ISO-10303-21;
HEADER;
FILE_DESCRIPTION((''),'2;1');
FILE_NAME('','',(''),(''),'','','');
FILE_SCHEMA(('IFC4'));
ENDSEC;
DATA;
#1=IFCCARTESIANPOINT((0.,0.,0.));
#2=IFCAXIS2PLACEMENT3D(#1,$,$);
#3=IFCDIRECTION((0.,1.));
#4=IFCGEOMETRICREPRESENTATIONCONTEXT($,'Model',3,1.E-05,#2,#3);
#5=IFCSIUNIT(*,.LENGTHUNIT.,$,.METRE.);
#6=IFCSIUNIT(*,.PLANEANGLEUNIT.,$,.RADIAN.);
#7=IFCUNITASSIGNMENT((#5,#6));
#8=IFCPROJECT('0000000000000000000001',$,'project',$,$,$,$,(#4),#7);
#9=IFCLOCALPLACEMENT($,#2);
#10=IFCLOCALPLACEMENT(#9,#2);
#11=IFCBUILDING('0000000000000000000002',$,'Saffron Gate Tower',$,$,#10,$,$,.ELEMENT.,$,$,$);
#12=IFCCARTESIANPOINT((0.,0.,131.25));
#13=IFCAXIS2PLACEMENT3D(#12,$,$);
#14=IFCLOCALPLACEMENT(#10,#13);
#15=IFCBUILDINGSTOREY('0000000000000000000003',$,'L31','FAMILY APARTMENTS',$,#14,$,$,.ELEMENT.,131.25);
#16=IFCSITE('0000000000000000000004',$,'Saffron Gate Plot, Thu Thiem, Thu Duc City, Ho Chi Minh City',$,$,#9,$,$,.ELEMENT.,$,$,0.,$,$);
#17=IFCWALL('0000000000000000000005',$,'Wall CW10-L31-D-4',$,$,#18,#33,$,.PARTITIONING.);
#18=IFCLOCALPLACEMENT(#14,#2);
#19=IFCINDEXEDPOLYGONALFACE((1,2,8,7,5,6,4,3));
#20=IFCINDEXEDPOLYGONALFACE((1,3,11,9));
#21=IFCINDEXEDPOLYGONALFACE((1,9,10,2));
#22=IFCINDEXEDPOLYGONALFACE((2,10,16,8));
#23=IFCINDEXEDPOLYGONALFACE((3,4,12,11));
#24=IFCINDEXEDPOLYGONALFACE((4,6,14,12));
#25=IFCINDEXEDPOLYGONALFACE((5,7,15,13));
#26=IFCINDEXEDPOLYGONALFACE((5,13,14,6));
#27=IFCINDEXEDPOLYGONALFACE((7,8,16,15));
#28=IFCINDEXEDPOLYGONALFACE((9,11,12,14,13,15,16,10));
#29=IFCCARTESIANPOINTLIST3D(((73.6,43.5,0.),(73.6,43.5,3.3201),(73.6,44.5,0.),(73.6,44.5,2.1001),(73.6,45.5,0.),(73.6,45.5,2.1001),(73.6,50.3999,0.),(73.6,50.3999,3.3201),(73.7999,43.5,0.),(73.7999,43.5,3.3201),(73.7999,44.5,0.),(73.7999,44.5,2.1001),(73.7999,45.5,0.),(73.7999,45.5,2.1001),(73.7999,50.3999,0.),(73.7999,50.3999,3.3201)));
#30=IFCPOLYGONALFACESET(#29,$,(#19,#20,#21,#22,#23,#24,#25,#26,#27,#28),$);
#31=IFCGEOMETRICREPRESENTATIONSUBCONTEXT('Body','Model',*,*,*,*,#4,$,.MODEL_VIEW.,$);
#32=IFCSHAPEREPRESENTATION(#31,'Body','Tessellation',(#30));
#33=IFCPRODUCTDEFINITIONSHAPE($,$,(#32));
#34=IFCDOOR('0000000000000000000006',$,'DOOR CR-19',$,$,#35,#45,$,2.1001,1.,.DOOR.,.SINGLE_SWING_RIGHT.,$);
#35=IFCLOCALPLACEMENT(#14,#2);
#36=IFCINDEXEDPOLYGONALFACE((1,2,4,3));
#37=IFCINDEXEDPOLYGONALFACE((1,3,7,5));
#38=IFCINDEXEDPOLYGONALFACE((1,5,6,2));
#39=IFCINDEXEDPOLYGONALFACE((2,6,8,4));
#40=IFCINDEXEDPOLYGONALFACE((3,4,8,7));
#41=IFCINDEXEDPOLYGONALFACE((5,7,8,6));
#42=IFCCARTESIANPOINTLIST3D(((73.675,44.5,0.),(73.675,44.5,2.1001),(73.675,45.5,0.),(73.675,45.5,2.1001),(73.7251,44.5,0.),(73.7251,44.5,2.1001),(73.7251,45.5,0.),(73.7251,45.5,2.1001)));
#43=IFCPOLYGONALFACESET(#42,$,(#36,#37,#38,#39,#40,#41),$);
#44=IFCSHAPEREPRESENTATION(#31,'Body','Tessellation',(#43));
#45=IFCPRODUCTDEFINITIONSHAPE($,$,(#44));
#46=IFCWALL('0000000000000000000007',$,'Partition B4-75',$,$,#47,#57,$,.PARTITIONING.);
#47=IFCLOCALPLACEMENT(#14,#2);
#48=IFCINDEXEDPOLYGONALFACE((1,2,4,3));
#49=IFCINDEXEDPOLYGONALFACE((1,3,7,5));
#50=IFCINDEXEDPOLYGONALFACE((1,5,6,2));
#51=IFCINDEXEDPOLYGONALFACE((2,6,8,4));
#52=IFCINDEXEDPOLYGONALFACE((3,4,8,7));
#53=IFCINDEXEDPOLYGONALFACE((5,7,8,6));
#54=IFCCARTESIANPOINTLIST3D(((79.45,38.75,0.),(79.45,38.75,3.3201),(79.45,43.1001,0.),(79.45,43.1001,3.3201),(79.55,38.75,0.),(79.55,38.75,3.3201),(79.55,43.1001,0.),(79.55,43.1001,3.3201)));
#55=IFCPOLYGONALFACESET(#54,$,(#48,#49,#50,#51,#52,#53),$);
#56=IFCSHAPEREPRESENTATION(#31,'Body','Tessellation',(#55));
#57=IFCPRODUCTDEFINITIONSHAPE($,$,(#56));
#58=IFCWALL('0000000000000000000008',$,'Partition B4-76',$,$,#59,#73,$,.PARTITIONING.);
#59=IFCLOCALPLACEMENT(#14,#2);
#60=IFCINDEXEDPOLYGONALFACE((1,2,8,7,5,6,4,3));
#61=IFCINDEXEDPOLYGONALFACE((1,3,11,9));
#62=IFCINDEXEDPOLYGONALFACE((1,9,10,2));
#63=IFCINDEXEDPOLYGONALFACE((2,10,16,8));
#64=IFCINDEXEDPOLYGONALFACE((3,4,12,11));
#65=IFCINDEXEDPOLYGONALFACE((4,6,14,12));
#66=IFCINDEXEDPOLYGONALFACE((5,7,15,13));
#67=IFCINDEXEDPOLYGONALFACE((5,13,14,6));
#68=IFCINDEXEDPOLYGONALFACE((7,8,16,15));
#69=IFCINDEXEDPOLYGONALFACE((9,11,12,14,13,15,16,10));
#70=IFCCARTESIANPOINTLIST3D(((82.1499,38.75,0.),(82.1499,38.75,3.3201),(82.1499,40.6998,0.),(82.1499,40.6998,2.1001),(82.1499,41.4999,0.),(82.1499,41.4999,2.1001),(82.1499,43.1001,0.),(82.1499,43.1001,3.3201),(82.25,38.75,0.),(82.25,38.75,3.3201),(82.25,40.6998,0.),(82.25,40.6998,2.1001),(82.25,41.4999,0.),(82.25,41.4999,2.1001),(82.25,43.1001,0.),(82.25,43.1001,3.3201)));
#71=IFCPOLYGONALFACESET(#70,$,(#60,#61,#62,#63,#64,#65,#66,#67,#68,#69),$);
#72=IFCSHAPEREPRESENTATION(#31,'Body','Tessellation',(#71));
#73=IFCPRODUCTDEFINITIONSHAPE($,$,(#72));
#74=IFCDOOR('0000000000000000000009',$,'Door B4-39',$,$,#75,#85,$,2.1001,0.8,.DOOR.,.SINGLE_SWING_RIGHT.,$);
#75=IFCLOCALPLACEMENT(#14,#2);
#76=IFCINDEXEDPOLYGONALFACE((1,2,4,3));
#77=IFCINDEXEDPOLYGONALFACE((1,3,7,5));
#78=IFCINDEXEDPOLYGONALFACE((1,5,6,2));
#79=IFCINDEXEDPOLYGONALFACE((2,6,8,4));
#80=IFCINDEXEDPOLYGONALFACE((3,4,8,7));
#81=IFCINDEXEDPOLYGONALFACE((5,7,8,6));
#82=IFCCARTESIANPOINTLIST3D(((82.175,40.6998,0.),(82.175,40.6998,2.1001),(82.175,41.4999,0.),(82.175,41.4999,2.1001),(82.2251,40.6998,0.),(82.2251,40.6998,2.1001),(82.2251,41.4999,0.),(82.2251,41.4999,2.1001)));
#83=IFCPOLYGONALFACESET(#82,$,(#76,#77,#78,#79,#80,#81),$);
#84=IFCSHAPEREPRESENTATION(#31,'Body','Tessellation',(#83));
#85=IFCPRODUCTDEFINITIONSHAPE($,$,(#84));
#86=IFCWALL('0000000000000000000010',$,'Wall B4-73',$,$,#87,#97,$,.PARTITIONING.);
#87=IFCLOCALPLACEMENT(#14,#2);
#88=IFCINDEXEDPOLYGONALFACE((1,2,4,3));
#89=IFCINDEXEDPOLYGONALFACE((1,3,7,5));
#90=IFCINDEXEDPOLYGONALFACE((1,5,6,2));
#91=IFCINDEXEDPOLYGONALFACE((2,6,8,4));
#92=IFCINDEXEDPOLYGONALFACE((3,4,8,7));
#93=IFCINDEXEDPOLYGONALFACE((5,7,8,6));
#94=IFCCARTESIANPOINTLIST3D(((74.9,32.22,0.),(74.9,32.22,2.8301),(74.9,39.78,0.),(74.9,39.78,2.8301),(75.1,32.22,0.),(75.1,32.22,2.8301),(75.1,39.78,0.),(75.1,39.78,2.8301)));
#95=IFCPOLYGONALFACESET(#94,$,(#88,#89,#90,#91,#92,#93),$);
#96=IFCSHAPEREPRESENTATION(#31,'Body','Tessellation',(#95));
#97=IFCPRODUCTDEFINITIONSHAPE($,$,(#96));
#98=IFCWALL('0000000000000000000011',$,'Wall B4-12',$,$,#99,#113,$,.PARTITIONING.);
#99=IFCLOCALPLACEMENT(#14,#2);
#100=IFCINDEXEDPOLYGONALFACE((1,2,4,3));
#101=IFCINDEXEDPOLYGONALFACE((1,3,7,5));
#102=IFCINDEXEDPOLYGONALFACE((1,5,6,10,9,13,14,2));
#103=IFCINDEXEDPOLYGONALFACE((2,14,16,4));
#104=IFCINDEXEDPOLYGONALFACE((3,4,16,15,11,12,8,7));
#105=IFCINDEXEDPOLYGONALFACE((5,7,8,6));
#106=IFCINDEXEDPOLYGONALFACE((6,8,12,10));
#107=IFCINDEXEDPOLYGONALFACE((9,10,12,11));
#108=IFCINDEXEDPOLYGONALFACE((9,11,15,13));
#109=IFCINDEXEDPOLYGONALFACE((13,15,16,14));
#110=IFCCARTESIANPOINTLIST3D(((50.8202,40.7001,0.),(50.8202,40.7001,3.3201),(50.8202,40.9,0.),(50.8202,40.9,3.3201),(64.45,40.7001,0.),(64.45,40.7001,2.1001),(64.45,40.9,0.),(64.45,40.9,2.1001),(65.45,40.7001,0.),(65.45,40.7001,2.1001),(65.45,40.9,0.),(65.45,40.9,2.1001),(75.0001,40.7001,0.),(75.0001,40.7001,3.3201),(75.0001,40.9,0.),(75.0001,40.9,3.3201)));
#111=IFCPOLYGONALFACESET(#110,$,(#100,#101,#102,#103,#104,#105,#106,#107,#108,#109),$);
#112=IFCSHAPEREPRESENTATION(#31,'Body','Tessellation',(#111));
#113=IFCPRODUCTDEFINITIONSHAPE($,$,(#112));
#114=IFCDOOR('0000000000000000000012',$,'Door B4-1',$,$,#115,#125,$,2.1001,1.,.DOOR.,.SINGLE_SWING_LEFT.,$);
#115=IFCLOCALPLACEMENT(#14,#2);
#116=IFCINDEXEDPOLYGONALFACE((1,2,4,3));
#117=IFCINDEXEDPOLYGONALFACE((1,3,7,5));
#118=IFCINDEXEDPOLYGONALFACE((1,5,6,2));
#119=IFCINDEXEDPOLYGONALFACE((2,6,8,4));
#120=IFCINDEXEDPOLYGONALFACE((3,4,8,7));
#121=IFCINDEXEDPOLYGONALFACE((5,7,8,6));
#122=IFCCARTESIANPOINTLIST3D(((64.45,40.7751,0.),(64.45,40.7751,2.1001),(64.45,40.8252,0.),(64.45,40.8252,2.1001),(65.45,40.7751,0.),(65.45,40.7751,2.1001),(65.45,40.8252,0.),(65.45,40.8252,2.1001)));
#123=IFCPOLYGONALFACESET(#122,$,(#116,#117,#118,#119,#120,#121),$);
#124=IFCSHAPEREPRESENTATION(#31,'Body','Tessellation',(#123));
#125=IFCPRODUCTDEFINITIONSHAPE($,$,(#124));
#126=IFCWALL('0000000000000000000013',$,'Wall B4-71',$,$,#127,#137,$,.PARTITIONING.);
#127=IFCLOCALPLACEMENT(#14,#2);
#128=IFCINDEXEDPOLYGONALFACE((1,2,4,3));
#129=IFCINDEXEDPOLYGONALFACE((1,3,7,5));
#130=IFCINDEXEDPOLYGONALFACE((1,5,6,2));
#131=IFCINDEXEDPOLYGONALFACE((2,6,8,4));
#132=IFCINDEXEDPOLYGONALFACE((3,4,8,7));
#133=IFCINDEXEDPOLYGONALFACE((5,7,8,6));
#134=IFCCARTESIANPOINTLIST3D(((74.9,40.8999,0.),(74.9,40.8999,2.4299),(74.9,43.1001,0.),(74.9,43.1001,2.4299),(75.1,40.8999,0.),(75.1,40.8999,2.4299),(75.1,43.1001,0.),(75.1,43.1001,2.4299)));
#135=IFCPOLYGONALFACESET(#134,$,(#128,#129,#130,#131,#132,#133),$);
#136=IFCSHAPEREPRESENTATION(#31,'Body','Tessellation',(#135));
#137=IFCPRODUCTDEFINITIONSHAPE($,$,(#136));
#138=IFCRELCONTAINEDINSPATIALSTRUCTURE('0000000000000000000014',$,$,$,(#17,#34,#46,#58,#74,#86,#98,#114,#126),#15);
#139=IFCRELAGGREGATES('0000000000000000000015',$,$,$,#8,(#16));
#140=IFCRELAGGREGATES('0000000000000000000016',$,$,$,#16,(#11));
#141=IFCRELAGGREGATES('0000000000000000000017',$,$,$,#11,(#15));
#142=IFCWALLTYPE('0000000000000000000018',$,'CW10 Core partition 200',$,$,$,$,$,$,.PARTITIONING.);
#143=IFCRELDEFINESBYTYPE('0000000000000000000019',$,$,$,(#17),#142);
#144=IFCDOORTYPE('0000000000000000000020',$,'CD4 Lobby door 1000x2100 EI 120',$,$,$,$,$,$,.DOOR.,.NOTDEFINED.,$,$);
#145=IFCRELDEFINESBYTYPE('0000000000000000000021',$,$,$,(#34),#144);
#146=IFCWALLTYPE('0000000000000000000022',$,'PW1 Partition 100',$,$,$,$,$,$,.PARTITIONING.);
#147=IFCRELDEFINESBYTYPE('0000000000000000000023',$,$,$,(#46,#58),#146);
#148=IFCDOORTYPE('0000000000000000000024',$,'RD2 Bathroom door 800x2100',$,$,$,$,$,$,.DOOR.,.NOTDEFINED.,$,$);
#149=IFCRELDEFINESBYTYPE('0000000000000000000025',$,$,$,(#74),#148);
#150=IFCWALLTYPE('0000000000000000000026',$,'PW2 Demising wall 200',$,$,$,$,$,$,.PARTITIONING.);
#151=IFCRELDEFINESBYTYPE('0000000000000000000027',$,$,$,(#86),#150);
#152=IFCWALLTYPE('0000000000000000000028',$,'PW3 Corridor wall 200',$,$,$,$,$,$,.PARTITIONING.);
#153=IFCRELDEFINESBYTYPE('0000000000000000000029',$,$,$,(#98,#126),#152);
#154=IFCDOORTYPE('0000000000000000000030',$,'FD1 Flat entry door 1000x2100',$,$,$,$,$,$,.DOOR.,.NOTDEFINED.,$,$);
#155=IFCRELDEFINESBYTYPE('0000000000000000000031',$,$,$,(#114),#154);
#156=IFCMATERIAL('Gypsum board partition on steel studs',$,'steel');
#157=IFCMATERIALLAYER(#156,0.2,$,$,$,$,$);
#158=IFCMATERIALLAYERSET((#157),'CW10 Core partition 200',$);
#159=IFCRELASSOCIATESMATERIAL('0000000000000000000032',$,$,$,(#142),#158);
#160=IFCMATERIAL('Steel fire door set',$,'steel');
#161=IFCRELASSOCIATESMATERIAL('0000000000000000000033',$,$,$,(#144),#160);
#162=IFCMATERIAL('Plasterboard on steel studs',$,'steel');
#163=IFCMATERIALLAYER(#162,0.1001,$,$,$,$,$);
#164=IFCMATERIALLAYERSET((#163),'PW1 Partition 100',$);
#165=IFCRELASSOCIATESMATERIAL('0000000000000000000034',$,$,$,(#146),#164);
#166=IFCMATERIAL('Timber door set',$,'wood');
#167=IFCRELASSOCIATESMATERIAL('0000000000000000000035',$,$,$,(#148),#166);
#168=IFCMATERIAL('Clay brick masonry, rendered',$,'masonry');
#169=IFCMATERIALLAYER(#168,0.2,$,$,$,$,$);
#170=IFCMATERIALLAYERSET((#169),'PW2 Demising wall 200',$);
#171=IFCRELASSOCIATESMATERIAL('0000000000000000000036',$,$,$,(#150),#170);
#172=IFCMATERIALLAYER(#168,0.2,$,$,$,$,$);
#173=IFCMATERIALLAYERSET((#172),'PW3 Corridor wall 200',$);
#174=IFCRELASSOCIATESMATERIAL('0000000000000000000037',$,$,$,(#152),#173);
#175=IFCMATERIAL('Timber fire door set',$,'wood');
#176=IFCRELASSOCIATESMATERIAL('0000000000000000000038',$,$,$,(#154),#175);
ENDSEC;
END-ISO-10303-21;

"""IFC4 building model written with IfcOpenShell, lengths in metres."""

from ifc_helpers import new_model, si_unit, direction, frame, frame_2d, origin, place, context, subcontext, project, spatial, rectangle, extrude, material, layer, layer_set, type_object, element, fill, save


model = new_model("IFC4")

# Units and contexts
model_context = context("Model", 3, precision=1e-05, world=origin(), true_north=direction((0.0, 1.0)))
body_context = subcontext(model_context, "Body", "Model", "MODEL_VIEW")
ifc_project = project(units=[si_unit("LENGTHUNIT", "METRE"), si_unit("PLANEANGLEUNIT", "RADIAN")], contexts=[model_context])

# Site, building, storey
site_placement = place(None, origin())
site = spatial("IfcSite", under=ifc_project, at=site_placement, Name="Saffron Gate Plot, Thu Thiem, Thu Duc City, Ho Chi Minh City", CompositionType="ELEMENT", RefElevation=0.0)
building_placement = place(site_placement, origin())
building = spatial("IfcBuilding", under=site, at=building_placement, Name="Saffron Gate Tower", CompositionType="ELEMENT")
storey_placement = place(building_placement, frame((0.0, 0.0, 131.25)))
storey = spatial("IfcBuildingStorey", under=building, at=storey_placement, Name="L31", Description="FAMILY APARTMENTS", CompositionType="ELEMENT", Elevation=131.25)

# Wall, opening, door
ifc_material_1 = material(Name="Gypsum board partition on steel studs", Category="steel")
ifc_layer_1 = layer(ifc_material_1, 0.2)
ifc_layer_set_1 = layer_set([ifc_layer_1], Name="CW10 Core partition 200")
wall_type_1 = type_object("IfcWallType", Name="CW10 Core partition 200", PredefinedType="PARTITIONING", material=ifc_layer_set_1)
wall_1_placement = place(storey_placement, frame((73.7, 43.5, 0.0), z_axis=(0.0, 0.0, 1.0), x_axis=(0.0, 1.0, 0.0)))
wall_1 = element("IfcWall", 1, at=wall_1_placement, inside=storey, type_object=wall_type_1, Name="Wall CW10-L31-D-4", PredefinedType="PARTITIONING", context=body_context, shape_type="SweptSolid", body=[
    extrude(rectangle(XDim=6.8999, YDim=0.2, at=frame_2d((3.45, 0.0))), origin(), (0.0, 0.0, 1.0), 3.3201),
])
opening_1_placement = place(wall_1_placement, frame((1.0, 0.0, 0.0)))
opening_1 = element("IfcOpeningElement", 2, at=opening_1_placement, cuts=wall_1, PredefinedType="OPENING", context=body_context, shape_type="SweptSolid", body=[
    extrude(rectangle(XDim=1.0, YDim=2.1001, at=frame_2d((0.5, 1.05))), frame((0.0, 0.1099, 0.0), z_axis=(0.0, -1.0, 0.0), x_axis=(1.0, 0.0, 0.0)), (0.0, 0.0, 1.0), 0.22),
])
ifc_material_2 = material(Name="Steel fire door set", Category="steel")
door_type_1 = type_object("IfcDoorType", Name="CD4 Lobby door 1000x2100 EI 120", OperationType="NOTDEFINED", PredefinedType="DOOR", material=ifc_material_2)
door_1_placement = place(opening_1_placement, origin())
door_1 = element("IfcDoor", 3, at=door_1_placement, inside=storey, type_object=door_type_1, Name="DOOR CR-19", OperationType="SINGLE_SWING_RIGHT", OverallHeight=2.1001, OverallWidth=1.0, PredefinedType="DOOR", context=body_context, shape_type="SweptSolid", body=[
    extrude(rectangle(XDim=1.0, YDim=2.1001, at=frame_2d((0.5, 1.05))), frame((0.0, 0.0249, 0.0), z_axis=(0.0, -1.0, 0.0), x_axis=(1.0, 0.0, 0.0)), (0.0, 0.0, 1.0), 0.05),
])
fill(opening_1, door_1)

# Wall
ifc_material_3 = material(Name="Plasterboard on steel studs", Category="steel")
ifc_layer_2 = layer(ifc_material_3, 0.1001)
ifc_layer_set_2 = layer_set([ifc_layer_2], Name="PW1 Partition 100")
wall_type_2 = type_object("IfcWallType", Name="PW1 Partition 100", PredefinedType="PARTITIONING", material=ifc_layer_set_2)
wall_2_placement = place(storey_placement, frame((79.5, 43.1001, 0.0), z_axis=(0.0, 0.0, 1.0), x_axis=(0.0, -1.0, 0.0)))
element("IfcWall", 4, at=wall_2_placement, inside=storey, type_object=wall_type_2, Name="Partition B4-75", PredefinedType="PARTITIONING", context=body_context, shape_type="SweptSolid", body=[
    extrude(rectangle(XDim=4.3501, YDim=0.1001, at=frame_2d((2.175, 0.0))), origin(), (0.0, 0.0, 1.0), 3.3201),
])

# Wall, opening, door
wall_3_placement = place(storey_placement, frame((82.2, 38.75, 0.0), z_axis=(0.0, 0.0, 1.0), x_axis=(0.0, 1.0, 0.0)))
wall_3 = element("IfcWall", 5, at=wall_3_placement, inside=storey, type_object=wall_type_2, Name="Partition B4-76", PredefinedType="PARTITIONING", context=body_context, shape_type="SweptSolid", body=[
    extrude(rectangle(XDim=4.3501, YDim=0.1001, at=frame_2d((2.175, 0.0))), origin(), (0.0, 0.0, 1.0), 3.3201),
])
opening_2_placement = place(wall_3_placement, frame((1.95, 0.0, 0.0)))
opening_2 = element("IfcOpeningElement", 6, at=opening_2_placement, cuts=wall_3, PredefinedType="OPENING", context=body_context, shape_type="SweptSolid", body=[
    extrude(rectangle(XDim=0.8, YDim=2.1001, at=frame_2d((0.3999, 1.05))), frame((0.0, 0.0601, 0.0), z_axis=(0.0, -1.0, 0.0), x_axis=(1.0, 0.0, 0.0)), (0.0, 0.0, 1.0), 0.1201),
])
ifc_material_4 = material(Name="Timber door set", Category="wood")
door_type_2 = type_object("IfcDoorType", Name="RD2 Bathroom door 800x2100", OperationType="NOTDEFINED", PredefinedType="DOOR", material=ifc_material_4)
door_2_placement = place(opening_2_placement, origin())
door_2 = element("IfcDoor", 7, at=door_2_placement, inside=storey, type_object=door_type_2, Name="Door B4-39", OperationType="SINGLE_SWING_RIGHT", OverallHeight=2.1001, OverallWidth=0.8, PredefinedType="DOOR", context=body_context, shape_type="SweptSolid", body=[
    extrude(rectangle(XDim=0.8, YDim=2.1001, at=frame_2d((0.3999, 1.05))), frame((0.0, 0.0249, 0.0), z_axis=(0.0, -1.0, 0.0), x_axis=(1.0, 0.0, 0.0)), (0.0, 0.0, 1.0), 0.05),
])
fill(opening_2, door_2)

# Wall
ifc_material_5 = material(Name="Clay brick masonry, rendered", Category="masonry")
ifc_layer_3 = layer(ifc_material_5, 0.2)
ifc_layer_set_3 = layer_set([ifc_layer_3], Name="PW2 Demising wall 200")
wall_type_3 = type_object("IfcWallType", Name="PW2 Demising wall 200", PredefinedType="PARTITIONING", material=ifc_layer_set_3)
wall_4_placement = place(storey_placement, frame((75.0, 39.78, 0.0), z_axis=(0.0, 0.0, 1.0), x_axis=(0.0, -1.0, 0.0)))
element("IfcWall", 8, at=wall_4_placement, inside=storey, type_object=wall_type_3, Name="Wall B4-73", PredefinedType="PARTITIONING", context=body_context, shape_type="SweptSolid", body=[
    extrude(rectangle(XDim=7.5601, YDim=0.2, at=frame_2d((3.78, 0.0))), origin(), (0.0, 0.0, 1.0), 2.8301),
])

# Wall, opening, door
ifc_layer_4 = layer(ifc_material_5, 0.2)
ifc_layer_set_4 = layer_set([ifc_layer_4], Name="PW3 Corridor wall 200")
wall_type_4 = type_object("IfcWallType", Name="PW3 Corridor wall 200", PredefinedType="PARTITIONING", material=ifc_layer_set_4)
wall_5_placement = place(storey_placement, frame((75.0, 40.8, 0.0), z_axis=(0.0, 0.0, 1.0), x_axis=(-1.0, 0.0, 0.0)))
wall_5 = element("IfcWall", 9, at=wall_5_placement, inside=storey, type_object=wall_type_4, Name="Wall B4-12", PredefinedType="PARTITIONING", context=body_context, shape_type="SweptSolid", body=[
    extrude(rectangle(XDim=24.1799, YDim=0.2, at=frame_2d((12.0898, 0.0))), origin(), (0.0, 0.0, 1.0), 3.3201),
])
opening_3_placement = place(wall_5_placement, frame((9.55, 0.0, 0.0)))
opening_3 = element("IfcOpeningElement", 10, at=opening_3_placement, cuts=wall_5, PredefinedType="OPENING", context=body_context, shape_type="SweptSolid", body=[
    extrude(rectangle(XDim=1.0, YDim=2.1001, at=frame_2d((0.5, 1.05))), frame((0.0, 0.1099, 0.0), z_axis=(0.0, -1.0, 0.0), x_axis=(1.0, 0.0, 0.0)), (0.0, 0.0, 1.0), 0.22),
])
ifc_material_6 = material(Name="Timber fire door set", Category="wood")
door_type_3 = type_object("IfcDoorType", Name="FD1 Flat entry door 1000x2100", OperationType="NOTDEFINED", PredefinedType="DOOR", material=ifc_material_6)
door_3_placement = place(opening_3_placement, origin())
door_3 = element("IfcDoor", 11, at=door_3_placement, inside=storey, type_object=door_type_3, Name="Door B4-1", OperationType="SINGLE_SWING_LEFT", OverallHeight=2.1001, OverallWidth=1.0, PredefinedType="DOOR", context=body_context, shape_type="SweptSolid", body=[
    extrude(rectangle(XDim=1.0, YDim=2.1001, at=frame_2d((0.5, 1.05))), frame((0.0, 0.0249, 0.0), z_axis=(0.0, -1.0, 0.0), x_axis=(1.0, 0.0, 0.0)), (0.0, 0.0, 1.0), 0.05),
])
fill(opening_3, door_3)

# Wall
wall_6_placement = place(storey_placement, frame((75.0, 43.1001, 0.0), z_axis=(0.0, 0.0, 1.0), x_axis=(0.0, -1.0, 0.0)))
element("IfcWall", 12, at=wall_6_placement, inside=storey, type_object=wall_type_4, Name="Wall B4-71", PredefinedType="PARTITIONING", context=body_context, shape_type="SweptSolid", body=[
    extrude(rectangle(XDim=2.2002, YDim=0.2, at=frame_2d((1.1001, 0.0))), origin(), (0.0, 0.0, 1.0), 2.4299),
])

save(model, "model.ifc")
